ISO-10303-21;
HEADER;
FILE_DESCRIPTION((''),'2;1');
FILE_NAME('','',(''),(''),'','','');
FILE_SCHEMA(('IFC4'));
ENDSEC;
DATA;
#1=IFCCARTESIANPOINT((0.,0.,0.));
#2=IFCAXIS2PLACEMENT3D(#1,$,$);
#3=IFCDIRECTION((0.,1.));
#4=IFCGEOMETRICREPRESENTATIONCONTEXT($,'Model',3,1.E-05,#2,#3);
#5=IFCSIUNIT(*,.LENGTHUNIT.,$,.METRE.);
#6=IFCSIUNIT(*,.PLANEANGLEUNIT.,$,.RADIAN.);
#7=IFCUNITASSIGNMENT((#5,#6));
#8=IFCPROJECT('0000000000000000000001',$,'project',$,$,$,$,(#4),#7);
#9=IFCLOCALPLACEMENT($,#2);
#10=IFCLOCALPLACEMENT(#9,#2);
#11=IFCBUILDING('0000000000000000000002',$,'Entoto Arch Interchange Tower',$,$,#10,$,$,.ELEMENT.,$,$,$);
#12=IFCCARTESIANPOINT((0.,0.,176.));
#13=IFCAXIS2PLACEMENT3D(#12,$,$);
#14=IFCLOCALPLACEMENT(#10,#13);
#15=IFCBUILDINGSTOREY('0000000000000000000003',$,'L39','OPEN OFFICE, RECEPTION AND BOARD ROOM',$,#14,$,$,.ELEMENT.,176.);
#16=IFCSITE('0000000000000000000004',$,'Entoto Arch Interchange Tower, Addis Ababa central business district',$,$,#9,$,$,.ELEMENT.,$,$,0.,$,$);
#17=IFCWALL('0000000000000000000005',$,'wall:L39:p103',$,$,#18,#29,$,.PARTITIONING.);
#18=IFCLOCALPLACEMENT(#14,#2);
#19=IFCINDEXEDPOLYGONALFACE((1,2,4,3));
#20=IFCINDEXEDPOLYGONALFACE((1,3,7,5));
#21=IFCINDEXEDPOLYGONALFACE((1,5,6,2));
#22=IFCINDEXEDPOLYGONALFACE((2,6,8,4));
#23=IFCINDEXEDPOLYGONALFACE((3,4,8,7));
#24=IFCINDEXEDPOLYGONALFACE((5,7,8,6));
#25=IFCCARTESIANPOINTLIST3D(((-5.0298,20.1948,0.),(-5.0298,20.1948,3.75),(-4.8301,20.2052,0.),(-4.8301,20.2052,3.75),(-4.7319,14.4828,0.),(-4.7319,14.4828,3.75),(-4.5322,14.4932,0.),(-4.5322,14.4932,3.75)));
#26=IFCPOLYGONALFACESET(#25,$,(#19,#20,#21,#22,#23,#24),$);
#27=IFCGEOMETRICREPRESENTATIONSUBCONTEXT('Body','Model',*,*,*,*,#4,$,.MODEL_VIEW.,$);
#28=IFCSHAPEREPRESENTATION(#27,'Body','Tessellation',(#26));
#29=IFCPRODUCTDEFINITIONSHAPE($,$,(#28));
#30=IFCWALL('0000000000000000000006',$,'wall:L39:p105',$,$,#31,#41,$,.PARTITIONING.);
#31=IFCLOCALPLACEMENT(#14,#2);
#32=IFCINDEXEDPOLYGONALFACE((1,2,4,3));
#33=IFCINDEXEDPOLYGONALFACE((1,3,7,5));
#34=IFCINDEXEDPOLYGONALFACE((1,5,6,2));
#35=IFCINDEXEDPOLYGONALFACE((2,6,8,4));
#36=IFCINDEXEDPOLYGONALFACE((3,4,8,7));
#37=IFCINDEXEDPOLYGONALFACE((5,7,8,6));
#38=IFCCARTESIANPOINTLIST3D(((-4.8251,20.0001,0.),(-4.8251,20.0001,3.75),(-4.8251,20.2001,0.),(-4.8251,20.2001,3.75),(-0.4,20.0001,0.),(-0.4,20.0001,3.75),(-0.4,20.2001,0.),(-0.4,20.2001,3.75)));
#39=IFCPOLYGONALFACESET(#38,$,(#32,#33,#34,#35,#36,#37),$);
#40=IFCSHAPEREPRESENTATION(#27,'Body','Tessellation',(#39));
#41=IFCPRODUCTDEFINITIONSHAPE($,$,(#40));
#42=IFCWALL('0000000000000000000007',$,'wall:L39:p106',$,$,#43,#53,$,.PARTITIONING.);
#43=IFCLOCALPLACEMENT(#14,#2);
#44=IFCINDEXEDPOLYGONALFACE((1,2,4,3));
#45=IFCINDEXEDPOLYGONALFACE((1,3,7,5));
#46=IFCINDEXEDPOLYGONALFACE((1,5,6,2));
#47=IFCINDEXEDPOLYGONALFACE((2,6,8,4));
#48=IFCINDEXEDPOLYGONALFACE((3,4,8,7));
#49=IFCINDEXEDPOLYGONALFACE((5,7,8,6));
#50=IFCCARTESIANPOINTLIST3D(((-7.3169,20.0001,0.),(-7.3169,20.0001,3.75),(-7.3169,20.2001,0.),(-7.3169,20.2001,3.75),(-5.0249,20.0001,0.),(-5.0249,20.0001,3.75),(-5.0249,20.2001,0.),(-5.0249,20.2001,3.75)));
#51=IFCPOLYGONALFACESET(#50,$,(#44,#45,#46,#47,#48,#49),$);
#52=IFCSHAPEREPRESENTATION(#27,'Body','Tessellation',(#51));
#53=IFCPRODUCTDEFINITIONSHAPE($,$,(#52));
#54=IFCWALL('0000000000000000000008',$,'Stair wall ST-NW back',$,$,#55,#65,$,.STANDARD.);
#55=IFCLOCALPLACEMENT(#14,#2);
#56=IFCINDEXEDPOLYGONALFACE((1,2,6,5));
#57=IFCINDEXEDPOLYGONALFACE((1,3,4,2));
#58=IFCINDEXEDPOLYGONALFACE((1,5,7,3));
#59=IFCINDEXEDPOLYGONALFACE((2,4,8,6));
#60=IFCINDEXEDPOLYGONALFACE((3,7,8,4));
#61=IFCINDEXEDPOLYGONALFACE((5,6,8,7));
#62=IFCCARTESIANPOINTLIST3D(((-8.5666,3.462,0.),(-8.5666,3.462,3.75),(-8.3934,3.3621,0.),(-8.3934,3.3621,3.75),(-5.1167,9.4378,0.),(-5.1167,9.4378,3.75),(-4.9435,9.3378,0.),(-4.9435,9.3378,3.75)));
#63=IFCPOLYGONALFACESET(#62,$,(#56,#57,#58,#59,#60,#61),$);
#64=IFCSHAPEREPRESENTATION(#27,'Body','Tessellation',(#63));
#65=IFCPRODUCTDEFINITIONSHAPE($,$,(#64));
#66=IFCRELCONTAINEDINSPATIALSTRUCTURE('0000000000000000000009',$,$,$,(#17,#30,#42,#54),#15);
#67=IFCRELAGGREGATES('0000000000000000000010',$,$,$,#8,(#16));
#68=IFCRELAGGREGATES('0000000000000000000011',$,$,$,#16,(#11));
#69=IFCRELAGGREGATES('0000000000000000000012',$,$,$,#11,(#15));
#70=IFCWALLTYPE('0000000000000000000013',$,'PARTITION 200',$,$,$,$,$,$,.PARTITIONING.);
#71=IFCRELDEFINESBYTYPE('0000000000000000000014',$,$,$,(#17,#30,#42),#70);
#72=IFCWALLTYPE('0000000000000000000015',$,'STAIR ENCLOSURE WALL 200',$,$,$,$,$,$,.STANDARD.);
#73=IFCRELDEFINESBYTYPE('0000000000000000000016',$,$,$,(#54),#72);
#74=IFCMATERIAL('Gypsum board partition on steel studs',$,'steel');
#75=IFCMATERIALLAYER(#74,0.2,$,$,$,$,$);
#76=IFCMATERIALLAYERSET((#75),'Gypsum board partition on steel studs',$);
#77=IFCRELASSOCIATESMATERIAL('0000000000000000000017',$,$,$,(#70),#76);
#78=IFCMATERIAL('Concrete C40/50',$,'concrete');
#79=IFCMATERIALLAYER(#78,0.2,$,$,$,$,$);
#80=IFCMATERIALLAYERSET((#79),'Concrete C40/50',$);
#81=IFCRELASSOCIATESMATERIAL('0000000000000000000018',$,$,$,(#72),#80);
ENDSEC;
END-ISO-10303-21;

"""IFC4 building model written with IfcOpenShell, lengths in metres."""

from ifc_helpers import new_model, si_unit, direction, frame, frame_2d, origin, place, context, subcontext, project, spatial, rectangle, extrude, material, layer, layer_set, type_object, element, save


model = new_model("IFC4")

# Units and contexts
model_context = context("Model", 3, precision=1e-05, world=origin(), true_north=direction((0.0, 1.0)))
body_context = subcontext(model_context, "Body", "Model", "MODEL_VIEW")
ifc_project = project(units=[si_unit("LENGTHUNIT", "METRE"), si_unit("PLANEANGLEUNIT", "RADIAN")], contexts=[model_context])

# Site, building, storey
site_placement = place(None, origin())
site = spatial("IfcSite", under=ifc_project, at=site_placement, Name="Entoto Arch Interchange Tower, Addis Ababa central business district", CompositionType="ELEMENT", RefElevation=0.0)
building_placement = place(site_placement, origin())
building = spatial("IfcBuilding", under=site, at=building_placement, Name="Entoto Arch Interchange Tower", CompositionType="ELEMENT")
storey_placement = place(building_placement, frame((0.0, 0.0, 176.0)))
storey = spatial("IfcBuildingStorey", under=building, at=storey_placement, Name="L39", Description="OPEN OFFICE, RECEPTION AND BOARD ROOM", CompositionType="ELEMENT", Elevation=176.0)

# Shared definitions
ifc_material_1 = material(Name="Gypsum board partition on steel studs", Category="steel")
ifc_layer_1 = layer(ifc_material_1, 0.2)
ifc_layer_set_1 = layer_set([ifc_layer_1], Name="Gypsum board partition on steel studs")
wall_type_1 = type_object("IfcWallType", Name="PARTITION 200", PredefinedType="PARTITIONING", material=ifc_layer_set_1)

# Walls
wall_1_placement = place(storey_placement, frame((-4.6321, 14.488, 0.0), z_axis=(0.0, 0.0, 1.0), x_axis=(-0.052075, 0.998643, 0.0)))
element("IfcWall", 1, at=wall_1_placement, inside=storey, type_object=wall_type_1, Name="wall:L39:p103", PredefinedType="PARTITIONING", context=body_context, shape_type="SweptSolid", body=[
    extrude(rectangle(XDim=5.7197, YDim=0.2, at=frame_2d((2.8599, 0.0))), origin(), (0.0, 0.0, 1.0), 3.75),
])
wall_2_placement = place(storey_placement, frame((-4.825, 20.1001, 0.0), z_axis=(0.0, 0.0, 1.0), x_axis=(1.0, 0.0, 0.0)))
element("IfcWall", 2, at=wall_2_placement, inside=storey, type_object=wall_type_1, Name="wall:L39:p105", PredefinedType="PARTITIONING", context=body_context, shape_type="SweptSolid", body=[
    extrude(rectangle(XDim=4.425, YDim=0.2, at=frame_2d((2.2124, 0.0))), origin(), (0.0, 0.0, 1.0), 3.75),
])
wall_3_placement = place(storey_placement, frame((-7.3169, 20.1001, 0.0), z_axis=(0.0, 0.0, 1.0), x_axis=(1.0, 0.0, 0.0)))
element("IfcWall", 3, at=wall_3_placement, inside=storey, type_object=wall_type_1, Name="wall:L39:p106", PredefinedType="PARTITIONING", context=body_context, shape_type="SweptSolid", body=[
    extrude(rectangle(XDim=2.292, YDim=0.2, at=frame_2d((1.146, 0.0))), origin(), (0.0, 0.0, 1.0), 3.75),
])
ifc_material_2 = material(Name="Concrete C40/50", Category="concrete")
ifc_layer_2 = layer(ifc_material_2, 0.2)
ifc_layer_set_2 = layer_set([ifc_layer_2], Name="Concrete C40/50")
wall_type_2 = type_object("IfcWallType", Name="STAIR ENCLOSURE WALL 200", PredefinedType="STANDARD", material=ifc_layer_set_2)
wall_4_placement = place(storey_placement, frame((-5.03, 9.3879, 0.0), z_axis=(0.0, 0.0, 1.0), x_axis=(-0.499979, -0.866038, 0.0)))
element("IfcWall", 4, at=wall_4_placement, inside=storey, type_object=wall_type_2, Name="Stair wall ST-NW back", PredefinedType="STANDARD", context=body_context, shape_type="SweptSolid", body=[
    extrude(rectangle(XDim=6.9001, YDim=0.2, at=frame_2d((3.4502, 0.0))), origin(), (0.0, 0.0, 1.0), 3.75),
])

save(model, "model.ifc")
